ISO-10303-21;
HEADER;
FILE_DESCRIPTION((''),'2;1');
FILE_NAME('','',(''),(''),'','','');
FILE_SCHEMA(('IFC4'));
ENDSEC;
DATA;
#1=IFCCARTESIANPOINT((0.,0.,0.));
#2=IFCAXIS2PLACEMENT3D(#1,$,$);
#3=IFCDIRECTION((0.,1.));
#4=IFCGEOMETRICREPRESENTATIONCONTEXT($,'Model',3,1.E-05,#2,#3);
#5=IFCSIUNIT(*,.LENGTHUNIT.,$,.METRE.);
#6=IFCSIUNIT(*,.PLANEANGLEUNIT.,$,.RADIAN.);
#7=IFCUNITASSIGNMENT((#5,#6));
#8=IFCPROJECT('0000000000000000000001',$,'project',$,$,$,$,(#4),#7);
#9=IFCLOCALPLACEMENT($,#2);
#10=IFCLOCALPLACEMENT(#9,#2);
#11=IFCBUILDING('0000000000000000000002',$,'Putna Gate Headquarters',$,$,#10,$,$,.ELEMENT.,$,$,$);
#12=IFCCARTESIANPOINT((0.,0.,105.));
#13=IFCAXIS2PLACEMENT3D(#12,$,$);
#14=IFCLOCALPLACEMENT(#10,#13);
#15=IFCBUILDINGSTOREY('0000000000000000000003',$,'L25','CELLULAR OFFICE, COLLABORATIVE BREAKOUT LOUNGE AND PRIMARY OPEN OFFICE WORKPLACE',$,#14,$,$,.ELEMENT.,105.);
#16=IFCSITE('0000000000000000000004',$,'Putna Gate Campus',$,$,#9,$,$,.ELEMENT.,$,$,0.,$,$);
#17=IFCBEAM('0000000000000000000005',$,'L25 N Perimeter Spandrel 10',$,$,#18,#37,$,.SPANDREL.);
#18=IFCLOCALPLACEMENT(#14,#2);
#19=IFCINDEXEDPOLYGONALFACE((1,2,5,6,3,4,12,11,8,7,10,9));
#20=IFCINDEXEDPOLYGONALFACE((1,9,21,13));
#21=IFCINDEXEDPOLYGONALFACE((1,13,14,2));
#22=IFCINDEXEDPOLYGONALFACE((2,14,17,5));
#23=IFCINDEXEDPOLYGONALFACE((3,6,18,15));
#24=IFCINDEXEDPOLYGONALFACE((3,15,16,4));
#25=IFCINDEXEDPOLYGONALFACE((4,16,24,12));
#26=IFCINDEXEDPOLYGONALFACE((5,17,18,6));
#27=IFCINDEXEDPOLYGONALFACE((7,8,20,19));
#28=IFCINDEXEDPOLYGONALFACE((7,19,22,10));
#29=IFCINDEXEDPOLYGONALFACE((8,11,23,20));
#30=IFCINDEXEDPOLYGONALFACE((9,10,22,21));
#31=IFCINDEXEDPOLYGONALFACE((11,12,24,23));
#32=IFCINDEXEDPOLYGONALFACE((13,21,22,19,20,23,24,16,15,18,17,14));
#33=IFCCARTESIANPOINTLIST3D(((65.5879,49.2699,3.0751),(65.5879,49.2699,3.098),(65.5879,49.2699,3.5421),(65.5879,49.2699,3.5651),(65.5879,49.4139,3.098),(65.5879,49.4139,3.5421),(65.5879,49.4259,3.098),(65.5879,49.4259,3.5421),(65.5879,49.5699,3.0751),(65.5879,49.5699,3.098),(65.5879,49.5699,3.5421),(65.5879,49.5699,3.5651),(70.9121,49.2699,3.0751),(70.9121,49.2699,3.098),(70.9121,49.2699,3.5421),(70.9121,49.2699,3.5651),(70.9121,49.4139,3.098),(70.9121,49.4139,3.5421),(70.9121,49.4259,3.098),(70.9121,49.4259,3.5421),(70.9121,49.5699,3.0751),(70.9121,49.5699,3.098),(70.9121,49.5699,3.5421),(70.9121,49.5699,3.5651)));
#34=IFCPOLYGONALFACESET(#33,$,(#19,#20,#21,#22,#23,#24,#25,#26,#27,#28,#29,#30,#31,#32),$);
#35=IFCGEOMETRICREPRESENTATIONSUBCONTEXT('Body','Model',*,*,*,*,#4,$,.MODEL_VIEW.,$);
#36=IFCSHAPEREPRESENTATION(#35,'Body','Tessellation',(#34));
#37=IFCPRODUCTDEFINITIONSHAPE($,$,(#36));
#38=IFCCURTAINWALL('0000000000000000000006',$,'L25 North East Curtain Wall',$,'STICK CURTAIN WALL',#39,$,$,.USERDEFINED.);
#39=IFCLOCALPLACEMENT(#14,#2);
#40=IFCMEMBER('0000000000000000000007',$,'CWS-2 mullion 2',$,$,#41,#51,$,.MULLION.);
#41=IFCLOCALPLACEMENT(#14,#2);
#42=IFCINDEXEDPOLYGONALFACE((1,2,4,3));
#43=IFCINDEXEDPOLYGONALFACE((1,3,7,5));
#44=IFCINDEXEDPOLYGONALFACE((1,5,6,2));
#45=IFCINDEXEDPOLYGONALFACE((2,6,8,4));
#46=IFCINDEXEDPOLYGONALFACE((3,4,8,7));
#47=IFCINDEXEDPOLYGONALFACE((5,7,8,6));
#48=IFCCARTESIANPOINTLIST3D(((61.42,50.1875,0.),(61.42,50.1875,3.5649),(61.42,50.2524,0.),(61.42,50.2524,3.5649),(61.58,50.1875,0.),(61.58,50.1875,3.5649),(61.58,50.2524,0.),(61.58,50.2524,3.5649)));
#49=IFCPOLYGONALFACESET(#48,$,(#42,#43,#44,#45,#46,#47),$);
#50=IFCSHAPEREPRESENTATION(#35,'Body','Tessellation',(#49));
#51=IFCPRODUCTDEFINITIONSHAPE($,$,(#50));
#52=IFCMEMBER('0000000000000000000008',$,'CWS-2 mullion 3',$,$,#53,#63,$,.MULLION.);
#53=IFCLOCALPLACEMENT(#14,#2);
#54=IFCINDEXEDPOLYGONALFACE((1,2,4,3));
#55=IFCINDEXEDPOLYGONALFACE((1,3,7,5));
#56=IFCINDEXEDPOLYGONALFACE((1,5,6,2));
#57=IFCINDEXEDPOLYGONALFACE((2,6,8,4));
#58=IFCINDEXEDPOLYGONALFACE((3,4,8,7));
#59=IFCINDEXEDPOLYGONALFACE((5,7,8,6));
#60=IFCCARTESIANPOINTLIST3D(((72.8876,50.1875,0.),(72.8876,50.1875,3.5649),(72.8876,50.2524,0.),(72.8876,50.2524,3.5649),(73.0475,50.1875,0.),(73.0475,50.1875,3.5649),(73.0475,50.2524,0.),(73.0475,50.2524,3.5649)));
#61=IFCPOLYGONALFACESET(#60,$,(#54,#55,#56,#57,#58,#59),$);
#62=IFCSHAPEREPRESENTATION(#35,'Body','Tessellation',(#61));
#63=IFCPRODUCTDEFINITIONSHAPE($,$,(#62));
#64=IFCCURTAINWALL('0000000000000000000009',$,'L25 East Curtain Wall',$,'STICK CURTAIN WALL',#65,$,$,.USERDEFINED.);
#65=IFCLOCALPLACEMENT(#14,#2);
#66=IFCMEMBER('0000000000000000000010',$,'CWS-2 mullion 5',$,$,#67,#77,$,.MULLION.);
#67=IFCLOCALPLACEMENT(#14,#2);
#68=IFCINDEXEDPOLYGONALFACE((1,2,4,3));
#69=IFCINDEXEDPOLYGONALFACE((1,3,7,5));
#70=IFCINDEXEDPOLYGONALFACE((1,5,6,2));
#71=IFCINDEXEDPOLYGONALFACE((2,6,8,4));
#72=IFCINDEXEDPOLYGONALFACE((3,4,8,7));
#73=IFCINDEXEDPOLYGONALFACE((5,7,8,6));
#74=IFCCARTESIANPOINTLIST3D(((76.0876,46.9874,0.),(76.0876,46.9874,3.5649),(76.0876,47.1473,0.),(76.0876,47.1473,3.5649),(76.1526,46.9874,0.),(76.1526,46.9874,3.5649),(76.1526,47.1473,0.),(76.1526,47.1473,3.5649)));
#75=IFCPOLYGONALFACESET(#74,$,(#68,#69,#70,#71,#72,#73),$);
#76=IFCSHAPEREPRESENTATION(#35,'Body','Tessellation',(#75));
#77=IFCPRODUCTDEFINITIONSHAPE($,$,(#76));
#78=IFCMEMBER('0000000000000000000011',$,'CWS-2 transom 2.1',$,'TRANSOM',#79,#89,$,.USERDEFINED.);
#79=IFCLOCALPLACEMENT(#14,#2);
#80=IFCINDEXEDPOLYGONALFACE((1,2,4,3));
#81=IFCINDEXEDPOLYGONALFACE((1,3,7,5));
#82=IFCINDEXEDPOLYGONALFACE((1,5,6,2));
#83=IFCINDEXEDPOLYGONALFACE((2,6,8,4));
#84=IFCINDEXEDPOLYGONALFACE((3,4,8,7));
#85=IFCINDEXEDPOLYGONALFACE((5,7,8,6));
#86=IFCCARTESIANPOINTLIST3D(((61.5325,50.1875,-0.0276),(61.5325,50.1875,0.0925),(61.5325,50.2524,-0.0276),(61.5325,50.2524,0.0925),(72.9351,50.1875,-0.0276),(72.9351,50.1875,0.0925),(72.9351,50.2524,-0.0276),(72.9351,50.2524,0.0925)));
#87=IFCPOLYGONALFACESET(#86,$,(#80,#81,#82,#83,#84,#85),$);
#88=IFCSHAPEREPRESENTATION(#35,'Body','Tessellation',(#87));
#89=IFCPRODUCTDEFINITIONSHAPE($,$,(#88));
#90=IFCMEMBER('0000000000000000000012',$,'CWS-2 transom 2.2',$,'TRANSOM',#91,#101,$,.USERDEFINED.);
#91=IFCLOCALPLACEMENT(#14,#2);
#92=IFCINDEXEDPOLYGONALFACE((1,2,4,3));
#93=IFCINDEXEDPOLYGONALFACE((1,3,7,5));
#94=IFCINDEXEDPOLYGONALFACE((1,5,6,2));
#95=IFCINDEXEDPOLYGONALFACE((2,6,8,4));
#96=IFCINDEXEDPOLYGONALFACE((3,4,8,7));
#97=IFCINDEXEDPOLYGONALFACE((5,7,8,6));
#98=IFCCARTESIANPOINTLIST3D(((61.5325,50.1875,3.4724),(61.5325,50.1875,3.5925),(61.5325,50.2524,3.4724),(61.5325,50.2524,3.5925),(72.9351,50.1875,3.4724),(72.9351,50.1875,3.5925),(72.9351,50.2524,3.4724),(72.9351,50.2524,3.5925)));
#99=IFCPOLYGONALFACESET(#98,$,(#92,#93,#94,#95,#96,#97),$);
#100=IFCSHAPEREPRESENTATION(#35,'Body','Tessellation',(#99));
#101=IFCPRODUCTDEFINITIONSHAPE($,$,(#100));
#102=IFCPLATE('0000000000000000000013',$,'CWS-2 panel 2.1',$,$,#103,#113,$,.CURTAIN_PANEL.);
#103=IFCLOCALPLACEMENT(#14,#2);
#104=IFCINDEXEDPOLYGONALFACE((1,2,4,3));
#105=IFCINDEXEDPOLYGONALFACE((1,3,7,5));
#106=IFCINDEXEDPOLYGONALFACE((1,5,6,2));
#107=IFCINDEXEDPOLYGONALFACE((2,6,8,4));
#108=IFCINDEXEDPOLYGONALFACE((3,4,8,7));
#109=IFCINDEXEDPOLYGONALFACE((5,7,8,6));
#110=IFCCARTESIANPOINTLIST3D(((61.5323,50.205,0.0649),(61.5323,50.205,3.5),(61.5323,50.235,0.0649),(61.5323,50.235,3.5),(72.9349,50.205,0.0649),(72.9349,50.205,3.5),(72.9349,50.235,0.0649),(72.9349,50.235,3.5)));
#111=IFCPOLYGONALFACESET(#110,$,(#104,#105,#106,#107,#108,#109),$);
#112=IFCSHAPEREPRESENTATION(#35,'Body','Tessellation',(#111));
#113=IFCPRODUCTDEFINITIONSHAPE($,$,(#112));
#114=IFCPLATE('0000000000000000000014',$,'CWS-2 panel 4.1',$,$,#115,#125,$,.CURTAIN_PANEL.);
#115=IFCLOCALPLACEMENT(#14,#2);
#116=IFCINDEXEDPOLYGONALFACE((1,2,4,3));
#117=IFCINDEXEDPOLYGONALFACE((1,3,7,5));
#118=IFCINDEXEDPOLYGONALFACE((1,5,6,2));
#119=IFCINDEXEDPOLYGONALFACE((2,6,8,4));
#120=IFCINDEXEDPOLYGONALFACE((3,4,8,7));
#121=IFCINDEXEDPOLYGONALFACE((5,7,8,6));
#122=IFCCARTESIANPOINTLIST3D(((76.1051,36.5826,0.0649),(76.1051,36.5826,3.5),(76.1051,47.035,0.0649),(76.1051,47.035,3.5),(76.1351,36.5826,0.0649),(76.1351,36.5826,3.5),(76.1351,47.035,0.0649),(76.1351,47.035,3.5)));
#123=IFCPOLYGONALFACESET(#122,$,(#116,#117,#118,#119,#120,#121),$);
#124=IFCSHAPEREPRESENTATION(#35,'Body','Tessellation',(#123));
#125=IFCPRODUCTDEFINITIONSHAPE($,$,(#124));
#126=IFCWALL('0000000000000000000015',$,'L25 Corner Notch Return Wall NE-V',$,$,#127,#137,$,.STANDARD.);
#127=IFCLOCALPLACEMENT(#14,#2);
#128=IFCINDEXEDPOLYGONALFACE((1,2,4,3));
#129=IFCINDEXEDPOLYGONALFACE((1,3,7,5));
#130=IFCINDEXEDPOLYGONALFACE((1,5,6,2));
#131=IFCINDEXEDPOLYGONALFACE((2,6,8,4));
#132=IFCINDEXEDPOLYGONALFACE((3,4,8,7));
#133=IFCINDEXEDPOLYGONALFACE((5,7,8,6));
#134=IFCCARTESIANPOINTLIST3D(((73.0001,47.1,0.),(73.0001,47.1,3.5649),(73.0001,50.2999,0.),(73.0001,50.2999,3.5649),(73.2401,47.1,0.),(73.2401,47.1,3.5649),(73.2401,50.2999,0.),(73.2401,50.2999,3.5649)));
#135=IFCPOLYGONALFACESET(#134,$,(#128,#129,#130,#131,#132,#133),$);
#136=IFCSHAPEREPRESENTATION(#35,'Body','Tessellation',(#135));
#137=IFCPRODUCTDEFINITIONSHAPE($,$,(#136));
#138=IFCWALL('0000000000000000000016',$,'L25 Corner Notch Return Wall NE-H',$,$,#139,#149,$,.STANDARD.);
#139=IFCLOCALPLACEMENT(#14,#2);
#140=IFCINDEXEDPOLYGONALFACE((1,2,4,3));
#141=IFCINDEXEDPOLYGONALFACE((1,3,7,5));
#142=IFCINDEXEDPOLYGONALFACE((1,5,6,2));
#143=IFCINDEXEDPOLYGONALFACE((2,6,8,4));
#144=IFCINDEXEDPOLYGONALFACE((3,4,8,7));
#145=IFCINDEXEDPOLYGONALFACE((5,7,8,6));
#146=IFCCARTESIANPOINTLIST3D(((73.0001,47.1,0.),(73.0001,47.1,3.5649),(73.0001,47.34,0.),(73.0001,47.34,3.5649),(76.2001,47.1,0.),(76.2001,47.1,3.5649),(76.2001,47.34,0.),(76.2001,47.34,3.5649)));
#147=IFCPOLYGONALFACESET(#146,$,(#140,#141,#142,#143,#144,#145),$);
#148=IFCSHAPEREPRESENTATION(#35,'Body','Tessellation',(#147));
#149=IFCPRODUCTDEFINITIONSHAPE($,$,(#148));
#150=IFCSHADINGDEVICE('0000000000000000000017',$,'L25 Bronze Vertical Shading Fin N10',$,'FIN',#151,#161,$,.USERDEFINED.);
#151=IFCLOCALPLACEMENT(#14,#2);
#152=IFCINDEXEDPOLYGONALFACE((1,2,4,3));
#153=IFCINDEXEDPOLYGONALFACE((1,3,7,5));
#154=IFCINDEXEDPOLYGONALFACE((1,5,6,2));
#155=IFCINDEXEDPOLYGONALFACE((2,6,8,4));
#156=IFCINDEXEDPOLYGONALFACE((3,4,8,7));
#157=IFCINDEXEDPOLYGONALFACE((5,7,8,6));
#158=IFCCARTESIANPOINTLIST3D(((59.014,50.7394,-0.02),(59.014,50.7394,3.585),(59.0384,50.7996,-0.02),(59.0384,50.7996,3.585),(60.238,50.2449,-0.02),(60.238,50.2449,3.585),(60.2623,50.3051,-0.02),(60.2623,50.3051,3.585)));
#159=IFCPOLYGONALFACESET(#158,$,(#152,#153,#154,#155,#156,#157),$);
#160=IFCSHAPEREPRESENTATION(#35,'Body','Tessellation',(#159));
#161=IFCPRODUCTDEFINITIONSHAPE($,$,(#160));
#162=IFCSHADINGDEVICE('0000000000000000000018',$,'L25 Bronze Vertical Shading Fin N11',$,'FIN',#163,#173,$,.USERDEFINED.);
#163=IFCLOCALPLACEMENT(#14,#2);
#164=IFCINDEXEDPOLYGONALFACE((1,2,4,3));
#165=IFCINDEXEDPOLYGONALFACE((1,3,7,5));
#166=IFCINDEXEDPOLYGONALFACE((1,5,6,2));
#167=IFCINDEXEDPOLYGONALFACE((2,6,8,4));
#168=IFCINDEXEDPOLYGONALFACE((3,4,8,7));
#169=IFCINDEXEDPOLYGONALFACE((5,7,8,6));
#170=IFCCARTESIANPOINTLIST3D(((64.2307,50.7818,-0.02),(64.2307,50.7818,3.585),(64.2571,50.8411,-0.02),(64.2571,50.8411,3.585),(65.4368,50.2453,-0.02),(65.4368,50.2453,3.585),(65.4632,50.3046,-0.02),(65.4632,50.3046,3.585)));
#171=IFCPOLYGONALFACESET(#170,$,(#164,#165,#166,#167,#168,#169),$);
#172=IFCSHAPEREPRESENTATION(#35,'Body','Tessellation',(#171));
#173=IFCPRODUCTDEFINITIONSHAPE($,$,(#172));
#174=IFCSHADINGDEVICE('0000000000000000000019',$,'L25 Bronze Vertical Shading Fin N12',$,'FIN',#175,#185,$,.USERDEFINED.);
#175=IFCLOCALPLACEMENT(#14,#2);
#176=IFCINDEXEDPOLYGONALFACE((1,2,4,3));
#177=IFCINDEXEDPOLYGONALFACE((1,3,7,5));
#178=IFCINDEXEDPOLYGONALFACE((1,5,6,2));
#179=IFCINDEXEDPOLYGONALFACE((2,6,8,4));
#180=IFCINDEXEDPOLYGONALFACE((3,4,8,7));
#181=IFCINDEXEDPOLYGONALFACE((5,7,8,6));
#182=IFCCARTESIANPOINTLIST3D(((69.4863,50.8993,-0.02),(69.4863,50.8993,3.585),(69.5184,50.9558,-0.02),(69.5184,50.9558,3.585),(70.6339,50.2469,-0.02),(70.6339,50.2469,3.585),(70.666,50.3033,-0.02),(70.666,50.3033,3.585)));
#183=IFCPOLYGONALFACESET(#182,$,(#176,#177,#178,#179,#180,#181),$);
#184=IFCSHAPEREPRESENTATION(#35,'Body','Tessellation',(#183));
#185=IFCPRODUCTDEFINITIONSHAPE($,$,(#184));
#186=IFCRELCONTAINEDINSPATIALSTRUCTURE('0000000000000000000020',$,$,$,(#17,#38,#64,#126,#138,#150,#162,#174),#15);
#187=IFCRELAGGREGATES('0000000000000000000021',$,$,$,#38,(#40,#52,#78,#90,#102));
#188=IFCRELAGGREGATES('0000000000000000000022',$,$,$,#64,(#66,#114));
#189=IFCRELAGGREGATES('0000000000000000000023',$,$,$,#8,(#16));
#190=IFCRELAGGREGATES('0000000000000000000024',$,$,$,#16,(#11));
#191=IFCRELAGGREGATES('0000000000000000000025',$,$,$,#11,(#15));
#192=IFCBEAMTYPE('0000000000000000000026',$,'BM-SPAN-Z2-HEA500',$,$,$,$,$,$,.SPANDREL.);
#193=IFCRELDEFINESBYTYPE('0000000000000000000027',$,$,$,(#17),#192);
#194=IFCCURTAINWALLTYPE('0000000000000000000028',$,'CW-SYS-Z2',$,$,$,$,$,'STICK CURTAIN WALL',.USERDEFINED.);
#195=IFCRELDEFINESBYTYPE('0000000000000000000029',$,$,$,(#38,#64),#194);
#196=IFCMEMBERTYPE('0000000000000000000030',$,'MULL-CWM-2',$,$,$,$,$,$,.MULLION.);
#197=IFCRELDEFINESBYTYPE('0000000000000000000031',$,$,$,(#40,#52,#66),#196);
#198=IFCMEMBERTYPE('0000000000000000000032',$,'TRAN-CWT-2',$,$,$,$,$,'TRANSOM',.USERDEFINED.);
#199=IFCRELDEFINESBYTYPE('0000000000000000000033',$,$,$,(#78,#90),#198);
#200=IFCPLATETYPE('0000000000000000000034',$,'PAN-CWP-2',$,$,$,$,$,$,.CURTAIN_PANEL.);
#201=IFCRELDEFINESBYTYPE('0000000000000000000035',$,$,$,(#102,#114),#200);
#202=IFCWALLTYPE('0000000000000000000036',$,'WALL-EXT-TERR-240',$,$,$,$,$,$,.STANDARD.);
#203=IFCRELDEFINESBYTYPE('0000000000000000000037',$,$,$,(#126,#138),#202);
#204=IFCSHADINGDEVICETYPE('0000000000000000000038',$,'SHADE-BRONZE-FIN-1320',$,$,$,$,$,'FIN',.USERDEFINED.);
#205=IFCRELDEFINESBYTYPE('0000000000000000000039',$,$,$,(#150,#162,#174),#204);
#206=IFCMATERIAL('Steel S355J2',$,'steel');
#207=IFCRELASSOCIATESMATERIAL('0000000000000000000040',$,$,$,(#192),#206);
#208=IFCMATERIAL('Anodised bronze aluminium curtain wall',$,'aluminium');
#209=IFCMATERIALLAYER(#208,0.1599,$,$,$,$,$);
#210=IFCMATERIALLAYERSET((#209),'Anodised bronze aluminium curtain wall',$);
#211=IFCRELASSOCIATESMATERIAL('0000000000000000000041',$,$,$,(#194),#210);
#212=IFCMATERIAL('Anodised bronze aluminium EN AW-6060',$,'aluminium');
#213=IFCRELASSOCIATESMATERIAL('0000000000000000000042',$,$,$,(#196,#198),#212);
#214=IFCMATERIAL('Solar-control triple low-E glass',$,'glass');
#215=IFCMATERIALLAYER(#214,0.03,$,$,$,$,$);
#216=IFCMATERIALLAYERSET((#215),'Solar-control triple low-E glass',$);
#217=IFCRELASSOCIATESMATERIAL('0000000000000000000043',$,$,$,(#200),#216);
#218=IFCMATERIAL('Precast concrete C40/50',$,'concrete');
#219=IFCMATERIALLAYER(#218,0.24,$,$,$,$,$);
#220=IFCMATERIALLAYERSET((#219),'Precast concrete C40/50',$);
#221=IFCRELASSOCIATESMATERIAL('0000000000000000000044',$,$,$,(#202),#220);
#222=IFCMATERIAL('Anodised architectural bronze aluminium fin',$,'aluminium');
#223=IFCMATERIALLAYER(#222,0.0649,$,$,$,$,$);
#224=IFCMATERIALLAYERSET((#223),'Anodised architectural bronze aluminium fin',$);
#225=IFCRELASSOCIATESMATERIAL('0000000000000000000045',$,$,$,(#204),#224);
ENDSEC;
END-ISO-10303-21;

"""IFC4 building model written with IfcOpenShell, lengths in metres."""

from ifc_helpers import new_model, si_unit, direction, frame, frame_2d, origin, origin_2d, place, context, subcontext, project, spatial, rectangle, i_section, extrude, material, layer, layer_set, material_profile, profile_set, type_object, element, aggregate, save


model = new_model("IFC4")

# Units and contexts
model_context = context("Model", 3, precision=1e-05, world=origin(), true_north=direction((0.0, 1.0)))
body_context = subcontext(model_context, "Body", "Model", "MODEL_VIEW")
ifc_project = project(units=[si_unit("LENGTHUNIT", "METRE"), si_unit("PLANEANGLEUNIT", "RADIAN")], contexts=[model_context])

# Site, building, storey
site_placement = place(None, origin())
site = spatial("IfcSite", under=ifc_project, at=site_placement, Name="Putna Gate Campus", CompositionType="ELEMENT", RefElevation=0.0)
building_placement = place(site_placement, origin())
building = spatial("IfcBuilding", under=site, at=building_placement, Name="Putna Gate Headquarters", CompositionType="ELEMENT")
storey_placement = place(building_placement, frame((0.0, 0.0, 105.0)))
storey = spatial("IfcBuildingStorey", under=building, at=storey_placement, Name="L25", Description="CELLULAR OFFICE, COLLABORATIVE BREAKOUT LOUNGE AND PRIMARY OPEN OFFICE WORKPLACE", CompositionType="ELEMENT", Elevation=105.0)

# Beam
ifc_material_1 = material(Name="Steel S355J2", Category="steel")
ifc_material_profile_1 = material_profile(ifc_material_1, i_section(OverallWidth=0.3, OverallDepth=0.49, WebThickness=0.012, FlangeThickness=0.0229, at=origin_2d()), Name="Steel S355J2")
ifc_profile_set_1 = profile_set([ifc_material_profile_1], Name="Steel S355J2")
beam_type_1 = type_object("IfcBeamType", Name="BM-SPAN-Z2-HEA500", PredefinedType="SPANDREL", material=ifc_profile_set_1)
for number, where, z_axis, x_axis, name in (
    (1, (65.5879, 49.4199, 3.3201), (1.0, 0.0, 0.0), (0.0, 1.0, 0.0), "L25 N Perimeter Spandrel 10"),
):
    element("IfcBeam", number, at=place(storey_placement, frame(where, z_axis=z_axis, x_axis=x_axis)), inside=storey, type_object=beam_type_1, Name=name, PredefinedType="SPANDREL", context=body_context, shape_type="SweptSolid", body=[
        extrude(i_section(OverallWidth=0.3, OverallDepth=0.49, WebThickness=0.012, FlangeThickness=0.0229, at=origin_2d()), origin(), (0.0, 0.0, 1.0), 5.3242),
    ])

# Curtain wall, members
ifc_material_2 = material(Name="Anodised bronze aluminium curtain wall", Category="aluminium")
ifc_layer_1 = layer(ifc_material_2, 0.1599)
ifc_layer_set_1 = layer_set([ifc_layer_1], Name="Anodised bronze aluminium curtain wall")
curtain_wall_type = type_object("IfcCurtainWallType", Name="CW-SYS-Z2", ElementType="STICK CURTAIN WALL", PredefinedType="USERDEFINED", material=ifc_layer_set_1)
curtain_wall_1_placement = place(storey_placement, origin())
curtain_wall_1 = element("IfcCurtainWall", 2, at=curtain_wall_1_placement, inside=storey, type_object=curtain_wall_type, Name="L25 North East Curtain Wall", ObjectType="STICK CURTAIN WALL", PredefinedType="USERDEFINED")
ifc_material_3 = material(Name="Anodised bronze aluminium EN AW-6060", Category="aluminium")
ifc_material_profile_2 = material_profile(ifc_material_3, rectangle(XDim=0.0649, YDim=0.1599, at=origin_2d()), Name="Anodised bronze aluminium EN AW-6060")
ifc_profile_set_2 = profile_set([ifc_material_profile_2], Name="Anodised bronze aluminium EN AW-6060")
member_type_1 = type_object("IfcMemberType", Name="MULL-CWM-2", PredefinedType="MULLION", material=ifc_profile_set_2)
member_1_placement = place(storey_placement, frame((61.5, 50.22, 0.0), z_axis=(0.0, 0.0, 1.0), x_axis=(0.0, 1.0, 0.0)))
member_1 = element("IfcMember", 3, at=member_1_placement, type_object=member_type_1, Name="CWS-2 mullion 2", PredefinedType="MULLION", context=body_context, shape_type="SweptSolid", body=[
    extrude(rectangle(XDim=0.0649, YDim=0.1599, at=origin_2d()), origin(), (0.0, 0.0, 1.0), 3.5649),
])
member_2_placement = place(storey_placement, frame((72.9675, 50.22, 0.0), z_axis=(0.0, 0.0, 1.0), x_axis=(0.0, 1.0, 0.0)))
member_2 = element("IfcMember", 4, at=member_2_placement, type_object=member_type_1, Name="CWS-2 mullion 3", PredefinedType="MULLION", context=body_context, shape_type="SweptSolid", body=[
    extrude(rectangle(XDim=0.0649, YDim=0.1599, at=origin_2d()), origin(), (0.0, 0.0, 1.0), 3.5649),
])

# Curtain wall, member
curtain_wall_2_placement = place(storey_placement, origin())
curtain_wall_2 = element("IfcCurtainWall", 5, at=curtain_wall_2_placement, inside=storey, type_object=curtain_wall_type, Name="L25 East Curtain Wall", ObjectType="STICK CURTAIN WALL", PredefinedType="USERDEFINED")
member_3_placement = place(storey_placement, frame((76.1201, 47.0674, 0.0), z_axis=(0.0, 0.0, 1.0), x_axis=(-1.0, 0.0, 0.0)))
member_3 = element("IfcMember", 6, at=member_3_placement, type_object=member_type_1, Name="CWS-2 mullion 5", PredefinedType="MULLION", context=body_context, shape_type="SweptSolid", body=[
    extrude(rectangle(XDim=0.0649, YDim=0.1599, at=origin_2d()), origin(), (0.0, 0.0, 1.0), 3.5649),
])

# Members
ifc_material_profile_3 = material_profile(ifc_material_3, rectangle(XDim=0.0649, YDim=0.1201, at=origin_2d()), Name="Anodised bronze aluminium EN AW-6060")
ifc_profile_set_3 = profile_set([ifc_material_profile_3], Name="Anodised bronze aluminium EN AW-6060")
member_type_2 = type_object("IfcMemberType", Name="TRAN-CWT-2", ElementType="TRANSOM", PredefinedType="USERDEFINED", material=ifc_profile_set_3)
member_4_placement = place(storey_placement, frame((61.5325, 50.22, 0.0325), z_axis=(1.0, 0.0, 0.0), x_axis=(0.0, 1.0, 0.0)))
member_4 = element("IfcMember", 7, at=member_4_placement, type_object=member_type_2, Name="CWS-2 transom 2.1", ObjectType="TRANSOM", PredefinedType="USERDEFINED", context=body_context, shape_type="SweptSolid", body=[
    extrude(rectangle(XDim=0.0649, YDim=0.1201, at=origin_2d()), origin(), (0.0, 0.0, 1.0), 11.4026),
])
member_5_placement = place(storey_placement, frame((61.5325, 50.22, 3.5325), z_axis=(1.0, 0.0, 0.0), x_axis=(0.0, 1.0, 0.0)))
member_5 = element("IfcMember", 8, at=member_5_placement, type_object=member_type_2, Name="CWS-2 transom 2.2", ObjectType="TRANSOM", PredefinedType="USERDEFINED", context=body_context, shape_type="SweptSolid", body=[
    extrude(rectangle(XDim=0.0649, YDim=0.1201, at=origin_2d()), origin(), (0.0, 0.0, 1.0), 11.4026),
])

# Plates
ifc_material_4 = material(Name="Solar-control triple low-E glass", Category="glass")
ifc_layer_2 = layer(ifc_material_4, 0.03)
ifc_layer_set_2 = layer_set([ifc_layer_2], Name="Solar-control triple low-E glass")
plate_type = type_object("IfcPlateType", Name="PAN-CWP-2", PredefinedType="CURTAIN_PANEL", material=ifc_layer_set_2)
plate_1_placement = place(storey_placement, frame((67.2336, 50.22, 0.0649), z_axis=(0.0, 0.0, 1.0), x_axis=(1.0, 0.0, 0.0)))
plate_1 = element("IfcPlate", 9, at=plate_1_placement, type_object=plate_type, Name="CWS-2 panel 2.1", PredefinedType="CURTAIN_PANEL", context=body_context, shape_type="SweptSolid", body=[
    extrude(rectangle(XDim=11.4026, YDim=0.03, at=origin_2d()), origin(), (0.0, 0.0, 1.0), 3.4351),
])
aggregate(curtain_wall_1, [member_1, member_2, member_4, member_5, plate_1])
plate_2_placement = place(storey_placement, frame((76.1201, 41.8088, 0.0649), z_axis=(0.0, 0.0, 1.0), x_axis=(0.0, 1.0, 0.0)))
plate_2 = element("IfcPlate", 10, at=plate_2_placement, type_object=plate_type, Name="CWS-2 panel 4.1", PredefinedType="CURTAIN_PANEL", context=body_context, shape_type="SweptSolid", body=[
    extrude(rectangle(XDim=10.4524, YDim=0.03, at=origin_2d()), origin(), (0.0, 0.0, 1.0), 3.4351),
])
aggregate(curtain_wall_2, [member_3, plate_2])

# Walls
ifc_material_5 = material(Name="Precast concrete C40/50", Category="concrete")
ifc_layer_3 = layer(ifc_material_5, 0.24)
ifc_layer_set_3 = layer_set([ifc_layer_3], Name="Precast concrete C40/50")
wall_type = type_object("IfcWallType", Name="WALL-EXT-TERR-240", PredefinedType="STANDARD", material=ifc_layer_set_3)
for number, where, z_axis, x_axis, name in (
    (11, (73.1201, 50.3, 0.0), (0.0, 0.0, 1.0), (0.0, -1.0, 0.0), "L25 Corner Notch Return Wall NE-V"),
    (12, (73.0, 47.22, 0.0), (0.0, 0.0, 1.0), (1.0, 0.0, 0.0), "L25 Corner Notch Return Wall NE-H"),
):
    element("IfcWall", number, at=place(storey_placement, frame(where, z_axis=z_axis, x_axis=x_axis)), inside=storey, type_object=wall_type, Name=name, PredefinedType="STANDARD", context=body_context, shape_type="SweptSolid", body=[
        extrude(rectangle(XDim=3.2, YDim=0.24, at=frame_2d((1.6001, 0.0))), origin(), (0.0, 0.0, 1.0), 3.5649),
    ])

# Shading devices
ifc_material_6 = material(Name="Anodised architectural bronze aluminium fin", Category="aluminium")
ifc_layer_4 = layer(ifc_material_6, 0.0649)
ifc_layer_set_4 = layer_set([ifc_layer_4], Name="Anodised architectural bronze aluminium fin")
shading_device_type = type_object("IfcShadingDeviceType", Name="SHADE-BRONZE-FIN-1320", ElementType="FIN", PredefinedType="USERDEFINED", material=ifc_layer_set_4)
for number, where, z_axis, x_axis, name in (
    (13, (59.6382, 50.5222, -0.02), (0.0, 0.0, 1.0), (-0.927184, 0.374607, 0.0), "L25 Bronze Vertical Shading Fin N10"),
    (14, (64.8469, 50.5432, -0.02), (0.0, 0.0, 1.0), (-0.913687, 0.406418, 0.0), "L25 Bronze Vertical Shading Fin N11"),
    (15, (70.0762, 50.6013, -0.02), (0.0, 0.0, 1.0), (-0.869322, 0.494245, 0.0), "L25 Bronze Vertical Shading Fin N12"),
):
    element("IfcShadingDevice", number, at=place(storey_placement, frame(where, z_axis=z_axis, x_axis=x_axis)), inside=storey, type_object=shading_device_type, Name=name, ObjectType="FIN", PredefinedType="USERDEFINED", context=body_context, shape_type="SweptSolid", body=[
        extrude(rectangle(XDim=1.3201, YDim=0.0649, at=origin_2d()), origin(), (0.0, 0.0, 1.0), 3.605),
    ])

save(model, "model.ifc")
